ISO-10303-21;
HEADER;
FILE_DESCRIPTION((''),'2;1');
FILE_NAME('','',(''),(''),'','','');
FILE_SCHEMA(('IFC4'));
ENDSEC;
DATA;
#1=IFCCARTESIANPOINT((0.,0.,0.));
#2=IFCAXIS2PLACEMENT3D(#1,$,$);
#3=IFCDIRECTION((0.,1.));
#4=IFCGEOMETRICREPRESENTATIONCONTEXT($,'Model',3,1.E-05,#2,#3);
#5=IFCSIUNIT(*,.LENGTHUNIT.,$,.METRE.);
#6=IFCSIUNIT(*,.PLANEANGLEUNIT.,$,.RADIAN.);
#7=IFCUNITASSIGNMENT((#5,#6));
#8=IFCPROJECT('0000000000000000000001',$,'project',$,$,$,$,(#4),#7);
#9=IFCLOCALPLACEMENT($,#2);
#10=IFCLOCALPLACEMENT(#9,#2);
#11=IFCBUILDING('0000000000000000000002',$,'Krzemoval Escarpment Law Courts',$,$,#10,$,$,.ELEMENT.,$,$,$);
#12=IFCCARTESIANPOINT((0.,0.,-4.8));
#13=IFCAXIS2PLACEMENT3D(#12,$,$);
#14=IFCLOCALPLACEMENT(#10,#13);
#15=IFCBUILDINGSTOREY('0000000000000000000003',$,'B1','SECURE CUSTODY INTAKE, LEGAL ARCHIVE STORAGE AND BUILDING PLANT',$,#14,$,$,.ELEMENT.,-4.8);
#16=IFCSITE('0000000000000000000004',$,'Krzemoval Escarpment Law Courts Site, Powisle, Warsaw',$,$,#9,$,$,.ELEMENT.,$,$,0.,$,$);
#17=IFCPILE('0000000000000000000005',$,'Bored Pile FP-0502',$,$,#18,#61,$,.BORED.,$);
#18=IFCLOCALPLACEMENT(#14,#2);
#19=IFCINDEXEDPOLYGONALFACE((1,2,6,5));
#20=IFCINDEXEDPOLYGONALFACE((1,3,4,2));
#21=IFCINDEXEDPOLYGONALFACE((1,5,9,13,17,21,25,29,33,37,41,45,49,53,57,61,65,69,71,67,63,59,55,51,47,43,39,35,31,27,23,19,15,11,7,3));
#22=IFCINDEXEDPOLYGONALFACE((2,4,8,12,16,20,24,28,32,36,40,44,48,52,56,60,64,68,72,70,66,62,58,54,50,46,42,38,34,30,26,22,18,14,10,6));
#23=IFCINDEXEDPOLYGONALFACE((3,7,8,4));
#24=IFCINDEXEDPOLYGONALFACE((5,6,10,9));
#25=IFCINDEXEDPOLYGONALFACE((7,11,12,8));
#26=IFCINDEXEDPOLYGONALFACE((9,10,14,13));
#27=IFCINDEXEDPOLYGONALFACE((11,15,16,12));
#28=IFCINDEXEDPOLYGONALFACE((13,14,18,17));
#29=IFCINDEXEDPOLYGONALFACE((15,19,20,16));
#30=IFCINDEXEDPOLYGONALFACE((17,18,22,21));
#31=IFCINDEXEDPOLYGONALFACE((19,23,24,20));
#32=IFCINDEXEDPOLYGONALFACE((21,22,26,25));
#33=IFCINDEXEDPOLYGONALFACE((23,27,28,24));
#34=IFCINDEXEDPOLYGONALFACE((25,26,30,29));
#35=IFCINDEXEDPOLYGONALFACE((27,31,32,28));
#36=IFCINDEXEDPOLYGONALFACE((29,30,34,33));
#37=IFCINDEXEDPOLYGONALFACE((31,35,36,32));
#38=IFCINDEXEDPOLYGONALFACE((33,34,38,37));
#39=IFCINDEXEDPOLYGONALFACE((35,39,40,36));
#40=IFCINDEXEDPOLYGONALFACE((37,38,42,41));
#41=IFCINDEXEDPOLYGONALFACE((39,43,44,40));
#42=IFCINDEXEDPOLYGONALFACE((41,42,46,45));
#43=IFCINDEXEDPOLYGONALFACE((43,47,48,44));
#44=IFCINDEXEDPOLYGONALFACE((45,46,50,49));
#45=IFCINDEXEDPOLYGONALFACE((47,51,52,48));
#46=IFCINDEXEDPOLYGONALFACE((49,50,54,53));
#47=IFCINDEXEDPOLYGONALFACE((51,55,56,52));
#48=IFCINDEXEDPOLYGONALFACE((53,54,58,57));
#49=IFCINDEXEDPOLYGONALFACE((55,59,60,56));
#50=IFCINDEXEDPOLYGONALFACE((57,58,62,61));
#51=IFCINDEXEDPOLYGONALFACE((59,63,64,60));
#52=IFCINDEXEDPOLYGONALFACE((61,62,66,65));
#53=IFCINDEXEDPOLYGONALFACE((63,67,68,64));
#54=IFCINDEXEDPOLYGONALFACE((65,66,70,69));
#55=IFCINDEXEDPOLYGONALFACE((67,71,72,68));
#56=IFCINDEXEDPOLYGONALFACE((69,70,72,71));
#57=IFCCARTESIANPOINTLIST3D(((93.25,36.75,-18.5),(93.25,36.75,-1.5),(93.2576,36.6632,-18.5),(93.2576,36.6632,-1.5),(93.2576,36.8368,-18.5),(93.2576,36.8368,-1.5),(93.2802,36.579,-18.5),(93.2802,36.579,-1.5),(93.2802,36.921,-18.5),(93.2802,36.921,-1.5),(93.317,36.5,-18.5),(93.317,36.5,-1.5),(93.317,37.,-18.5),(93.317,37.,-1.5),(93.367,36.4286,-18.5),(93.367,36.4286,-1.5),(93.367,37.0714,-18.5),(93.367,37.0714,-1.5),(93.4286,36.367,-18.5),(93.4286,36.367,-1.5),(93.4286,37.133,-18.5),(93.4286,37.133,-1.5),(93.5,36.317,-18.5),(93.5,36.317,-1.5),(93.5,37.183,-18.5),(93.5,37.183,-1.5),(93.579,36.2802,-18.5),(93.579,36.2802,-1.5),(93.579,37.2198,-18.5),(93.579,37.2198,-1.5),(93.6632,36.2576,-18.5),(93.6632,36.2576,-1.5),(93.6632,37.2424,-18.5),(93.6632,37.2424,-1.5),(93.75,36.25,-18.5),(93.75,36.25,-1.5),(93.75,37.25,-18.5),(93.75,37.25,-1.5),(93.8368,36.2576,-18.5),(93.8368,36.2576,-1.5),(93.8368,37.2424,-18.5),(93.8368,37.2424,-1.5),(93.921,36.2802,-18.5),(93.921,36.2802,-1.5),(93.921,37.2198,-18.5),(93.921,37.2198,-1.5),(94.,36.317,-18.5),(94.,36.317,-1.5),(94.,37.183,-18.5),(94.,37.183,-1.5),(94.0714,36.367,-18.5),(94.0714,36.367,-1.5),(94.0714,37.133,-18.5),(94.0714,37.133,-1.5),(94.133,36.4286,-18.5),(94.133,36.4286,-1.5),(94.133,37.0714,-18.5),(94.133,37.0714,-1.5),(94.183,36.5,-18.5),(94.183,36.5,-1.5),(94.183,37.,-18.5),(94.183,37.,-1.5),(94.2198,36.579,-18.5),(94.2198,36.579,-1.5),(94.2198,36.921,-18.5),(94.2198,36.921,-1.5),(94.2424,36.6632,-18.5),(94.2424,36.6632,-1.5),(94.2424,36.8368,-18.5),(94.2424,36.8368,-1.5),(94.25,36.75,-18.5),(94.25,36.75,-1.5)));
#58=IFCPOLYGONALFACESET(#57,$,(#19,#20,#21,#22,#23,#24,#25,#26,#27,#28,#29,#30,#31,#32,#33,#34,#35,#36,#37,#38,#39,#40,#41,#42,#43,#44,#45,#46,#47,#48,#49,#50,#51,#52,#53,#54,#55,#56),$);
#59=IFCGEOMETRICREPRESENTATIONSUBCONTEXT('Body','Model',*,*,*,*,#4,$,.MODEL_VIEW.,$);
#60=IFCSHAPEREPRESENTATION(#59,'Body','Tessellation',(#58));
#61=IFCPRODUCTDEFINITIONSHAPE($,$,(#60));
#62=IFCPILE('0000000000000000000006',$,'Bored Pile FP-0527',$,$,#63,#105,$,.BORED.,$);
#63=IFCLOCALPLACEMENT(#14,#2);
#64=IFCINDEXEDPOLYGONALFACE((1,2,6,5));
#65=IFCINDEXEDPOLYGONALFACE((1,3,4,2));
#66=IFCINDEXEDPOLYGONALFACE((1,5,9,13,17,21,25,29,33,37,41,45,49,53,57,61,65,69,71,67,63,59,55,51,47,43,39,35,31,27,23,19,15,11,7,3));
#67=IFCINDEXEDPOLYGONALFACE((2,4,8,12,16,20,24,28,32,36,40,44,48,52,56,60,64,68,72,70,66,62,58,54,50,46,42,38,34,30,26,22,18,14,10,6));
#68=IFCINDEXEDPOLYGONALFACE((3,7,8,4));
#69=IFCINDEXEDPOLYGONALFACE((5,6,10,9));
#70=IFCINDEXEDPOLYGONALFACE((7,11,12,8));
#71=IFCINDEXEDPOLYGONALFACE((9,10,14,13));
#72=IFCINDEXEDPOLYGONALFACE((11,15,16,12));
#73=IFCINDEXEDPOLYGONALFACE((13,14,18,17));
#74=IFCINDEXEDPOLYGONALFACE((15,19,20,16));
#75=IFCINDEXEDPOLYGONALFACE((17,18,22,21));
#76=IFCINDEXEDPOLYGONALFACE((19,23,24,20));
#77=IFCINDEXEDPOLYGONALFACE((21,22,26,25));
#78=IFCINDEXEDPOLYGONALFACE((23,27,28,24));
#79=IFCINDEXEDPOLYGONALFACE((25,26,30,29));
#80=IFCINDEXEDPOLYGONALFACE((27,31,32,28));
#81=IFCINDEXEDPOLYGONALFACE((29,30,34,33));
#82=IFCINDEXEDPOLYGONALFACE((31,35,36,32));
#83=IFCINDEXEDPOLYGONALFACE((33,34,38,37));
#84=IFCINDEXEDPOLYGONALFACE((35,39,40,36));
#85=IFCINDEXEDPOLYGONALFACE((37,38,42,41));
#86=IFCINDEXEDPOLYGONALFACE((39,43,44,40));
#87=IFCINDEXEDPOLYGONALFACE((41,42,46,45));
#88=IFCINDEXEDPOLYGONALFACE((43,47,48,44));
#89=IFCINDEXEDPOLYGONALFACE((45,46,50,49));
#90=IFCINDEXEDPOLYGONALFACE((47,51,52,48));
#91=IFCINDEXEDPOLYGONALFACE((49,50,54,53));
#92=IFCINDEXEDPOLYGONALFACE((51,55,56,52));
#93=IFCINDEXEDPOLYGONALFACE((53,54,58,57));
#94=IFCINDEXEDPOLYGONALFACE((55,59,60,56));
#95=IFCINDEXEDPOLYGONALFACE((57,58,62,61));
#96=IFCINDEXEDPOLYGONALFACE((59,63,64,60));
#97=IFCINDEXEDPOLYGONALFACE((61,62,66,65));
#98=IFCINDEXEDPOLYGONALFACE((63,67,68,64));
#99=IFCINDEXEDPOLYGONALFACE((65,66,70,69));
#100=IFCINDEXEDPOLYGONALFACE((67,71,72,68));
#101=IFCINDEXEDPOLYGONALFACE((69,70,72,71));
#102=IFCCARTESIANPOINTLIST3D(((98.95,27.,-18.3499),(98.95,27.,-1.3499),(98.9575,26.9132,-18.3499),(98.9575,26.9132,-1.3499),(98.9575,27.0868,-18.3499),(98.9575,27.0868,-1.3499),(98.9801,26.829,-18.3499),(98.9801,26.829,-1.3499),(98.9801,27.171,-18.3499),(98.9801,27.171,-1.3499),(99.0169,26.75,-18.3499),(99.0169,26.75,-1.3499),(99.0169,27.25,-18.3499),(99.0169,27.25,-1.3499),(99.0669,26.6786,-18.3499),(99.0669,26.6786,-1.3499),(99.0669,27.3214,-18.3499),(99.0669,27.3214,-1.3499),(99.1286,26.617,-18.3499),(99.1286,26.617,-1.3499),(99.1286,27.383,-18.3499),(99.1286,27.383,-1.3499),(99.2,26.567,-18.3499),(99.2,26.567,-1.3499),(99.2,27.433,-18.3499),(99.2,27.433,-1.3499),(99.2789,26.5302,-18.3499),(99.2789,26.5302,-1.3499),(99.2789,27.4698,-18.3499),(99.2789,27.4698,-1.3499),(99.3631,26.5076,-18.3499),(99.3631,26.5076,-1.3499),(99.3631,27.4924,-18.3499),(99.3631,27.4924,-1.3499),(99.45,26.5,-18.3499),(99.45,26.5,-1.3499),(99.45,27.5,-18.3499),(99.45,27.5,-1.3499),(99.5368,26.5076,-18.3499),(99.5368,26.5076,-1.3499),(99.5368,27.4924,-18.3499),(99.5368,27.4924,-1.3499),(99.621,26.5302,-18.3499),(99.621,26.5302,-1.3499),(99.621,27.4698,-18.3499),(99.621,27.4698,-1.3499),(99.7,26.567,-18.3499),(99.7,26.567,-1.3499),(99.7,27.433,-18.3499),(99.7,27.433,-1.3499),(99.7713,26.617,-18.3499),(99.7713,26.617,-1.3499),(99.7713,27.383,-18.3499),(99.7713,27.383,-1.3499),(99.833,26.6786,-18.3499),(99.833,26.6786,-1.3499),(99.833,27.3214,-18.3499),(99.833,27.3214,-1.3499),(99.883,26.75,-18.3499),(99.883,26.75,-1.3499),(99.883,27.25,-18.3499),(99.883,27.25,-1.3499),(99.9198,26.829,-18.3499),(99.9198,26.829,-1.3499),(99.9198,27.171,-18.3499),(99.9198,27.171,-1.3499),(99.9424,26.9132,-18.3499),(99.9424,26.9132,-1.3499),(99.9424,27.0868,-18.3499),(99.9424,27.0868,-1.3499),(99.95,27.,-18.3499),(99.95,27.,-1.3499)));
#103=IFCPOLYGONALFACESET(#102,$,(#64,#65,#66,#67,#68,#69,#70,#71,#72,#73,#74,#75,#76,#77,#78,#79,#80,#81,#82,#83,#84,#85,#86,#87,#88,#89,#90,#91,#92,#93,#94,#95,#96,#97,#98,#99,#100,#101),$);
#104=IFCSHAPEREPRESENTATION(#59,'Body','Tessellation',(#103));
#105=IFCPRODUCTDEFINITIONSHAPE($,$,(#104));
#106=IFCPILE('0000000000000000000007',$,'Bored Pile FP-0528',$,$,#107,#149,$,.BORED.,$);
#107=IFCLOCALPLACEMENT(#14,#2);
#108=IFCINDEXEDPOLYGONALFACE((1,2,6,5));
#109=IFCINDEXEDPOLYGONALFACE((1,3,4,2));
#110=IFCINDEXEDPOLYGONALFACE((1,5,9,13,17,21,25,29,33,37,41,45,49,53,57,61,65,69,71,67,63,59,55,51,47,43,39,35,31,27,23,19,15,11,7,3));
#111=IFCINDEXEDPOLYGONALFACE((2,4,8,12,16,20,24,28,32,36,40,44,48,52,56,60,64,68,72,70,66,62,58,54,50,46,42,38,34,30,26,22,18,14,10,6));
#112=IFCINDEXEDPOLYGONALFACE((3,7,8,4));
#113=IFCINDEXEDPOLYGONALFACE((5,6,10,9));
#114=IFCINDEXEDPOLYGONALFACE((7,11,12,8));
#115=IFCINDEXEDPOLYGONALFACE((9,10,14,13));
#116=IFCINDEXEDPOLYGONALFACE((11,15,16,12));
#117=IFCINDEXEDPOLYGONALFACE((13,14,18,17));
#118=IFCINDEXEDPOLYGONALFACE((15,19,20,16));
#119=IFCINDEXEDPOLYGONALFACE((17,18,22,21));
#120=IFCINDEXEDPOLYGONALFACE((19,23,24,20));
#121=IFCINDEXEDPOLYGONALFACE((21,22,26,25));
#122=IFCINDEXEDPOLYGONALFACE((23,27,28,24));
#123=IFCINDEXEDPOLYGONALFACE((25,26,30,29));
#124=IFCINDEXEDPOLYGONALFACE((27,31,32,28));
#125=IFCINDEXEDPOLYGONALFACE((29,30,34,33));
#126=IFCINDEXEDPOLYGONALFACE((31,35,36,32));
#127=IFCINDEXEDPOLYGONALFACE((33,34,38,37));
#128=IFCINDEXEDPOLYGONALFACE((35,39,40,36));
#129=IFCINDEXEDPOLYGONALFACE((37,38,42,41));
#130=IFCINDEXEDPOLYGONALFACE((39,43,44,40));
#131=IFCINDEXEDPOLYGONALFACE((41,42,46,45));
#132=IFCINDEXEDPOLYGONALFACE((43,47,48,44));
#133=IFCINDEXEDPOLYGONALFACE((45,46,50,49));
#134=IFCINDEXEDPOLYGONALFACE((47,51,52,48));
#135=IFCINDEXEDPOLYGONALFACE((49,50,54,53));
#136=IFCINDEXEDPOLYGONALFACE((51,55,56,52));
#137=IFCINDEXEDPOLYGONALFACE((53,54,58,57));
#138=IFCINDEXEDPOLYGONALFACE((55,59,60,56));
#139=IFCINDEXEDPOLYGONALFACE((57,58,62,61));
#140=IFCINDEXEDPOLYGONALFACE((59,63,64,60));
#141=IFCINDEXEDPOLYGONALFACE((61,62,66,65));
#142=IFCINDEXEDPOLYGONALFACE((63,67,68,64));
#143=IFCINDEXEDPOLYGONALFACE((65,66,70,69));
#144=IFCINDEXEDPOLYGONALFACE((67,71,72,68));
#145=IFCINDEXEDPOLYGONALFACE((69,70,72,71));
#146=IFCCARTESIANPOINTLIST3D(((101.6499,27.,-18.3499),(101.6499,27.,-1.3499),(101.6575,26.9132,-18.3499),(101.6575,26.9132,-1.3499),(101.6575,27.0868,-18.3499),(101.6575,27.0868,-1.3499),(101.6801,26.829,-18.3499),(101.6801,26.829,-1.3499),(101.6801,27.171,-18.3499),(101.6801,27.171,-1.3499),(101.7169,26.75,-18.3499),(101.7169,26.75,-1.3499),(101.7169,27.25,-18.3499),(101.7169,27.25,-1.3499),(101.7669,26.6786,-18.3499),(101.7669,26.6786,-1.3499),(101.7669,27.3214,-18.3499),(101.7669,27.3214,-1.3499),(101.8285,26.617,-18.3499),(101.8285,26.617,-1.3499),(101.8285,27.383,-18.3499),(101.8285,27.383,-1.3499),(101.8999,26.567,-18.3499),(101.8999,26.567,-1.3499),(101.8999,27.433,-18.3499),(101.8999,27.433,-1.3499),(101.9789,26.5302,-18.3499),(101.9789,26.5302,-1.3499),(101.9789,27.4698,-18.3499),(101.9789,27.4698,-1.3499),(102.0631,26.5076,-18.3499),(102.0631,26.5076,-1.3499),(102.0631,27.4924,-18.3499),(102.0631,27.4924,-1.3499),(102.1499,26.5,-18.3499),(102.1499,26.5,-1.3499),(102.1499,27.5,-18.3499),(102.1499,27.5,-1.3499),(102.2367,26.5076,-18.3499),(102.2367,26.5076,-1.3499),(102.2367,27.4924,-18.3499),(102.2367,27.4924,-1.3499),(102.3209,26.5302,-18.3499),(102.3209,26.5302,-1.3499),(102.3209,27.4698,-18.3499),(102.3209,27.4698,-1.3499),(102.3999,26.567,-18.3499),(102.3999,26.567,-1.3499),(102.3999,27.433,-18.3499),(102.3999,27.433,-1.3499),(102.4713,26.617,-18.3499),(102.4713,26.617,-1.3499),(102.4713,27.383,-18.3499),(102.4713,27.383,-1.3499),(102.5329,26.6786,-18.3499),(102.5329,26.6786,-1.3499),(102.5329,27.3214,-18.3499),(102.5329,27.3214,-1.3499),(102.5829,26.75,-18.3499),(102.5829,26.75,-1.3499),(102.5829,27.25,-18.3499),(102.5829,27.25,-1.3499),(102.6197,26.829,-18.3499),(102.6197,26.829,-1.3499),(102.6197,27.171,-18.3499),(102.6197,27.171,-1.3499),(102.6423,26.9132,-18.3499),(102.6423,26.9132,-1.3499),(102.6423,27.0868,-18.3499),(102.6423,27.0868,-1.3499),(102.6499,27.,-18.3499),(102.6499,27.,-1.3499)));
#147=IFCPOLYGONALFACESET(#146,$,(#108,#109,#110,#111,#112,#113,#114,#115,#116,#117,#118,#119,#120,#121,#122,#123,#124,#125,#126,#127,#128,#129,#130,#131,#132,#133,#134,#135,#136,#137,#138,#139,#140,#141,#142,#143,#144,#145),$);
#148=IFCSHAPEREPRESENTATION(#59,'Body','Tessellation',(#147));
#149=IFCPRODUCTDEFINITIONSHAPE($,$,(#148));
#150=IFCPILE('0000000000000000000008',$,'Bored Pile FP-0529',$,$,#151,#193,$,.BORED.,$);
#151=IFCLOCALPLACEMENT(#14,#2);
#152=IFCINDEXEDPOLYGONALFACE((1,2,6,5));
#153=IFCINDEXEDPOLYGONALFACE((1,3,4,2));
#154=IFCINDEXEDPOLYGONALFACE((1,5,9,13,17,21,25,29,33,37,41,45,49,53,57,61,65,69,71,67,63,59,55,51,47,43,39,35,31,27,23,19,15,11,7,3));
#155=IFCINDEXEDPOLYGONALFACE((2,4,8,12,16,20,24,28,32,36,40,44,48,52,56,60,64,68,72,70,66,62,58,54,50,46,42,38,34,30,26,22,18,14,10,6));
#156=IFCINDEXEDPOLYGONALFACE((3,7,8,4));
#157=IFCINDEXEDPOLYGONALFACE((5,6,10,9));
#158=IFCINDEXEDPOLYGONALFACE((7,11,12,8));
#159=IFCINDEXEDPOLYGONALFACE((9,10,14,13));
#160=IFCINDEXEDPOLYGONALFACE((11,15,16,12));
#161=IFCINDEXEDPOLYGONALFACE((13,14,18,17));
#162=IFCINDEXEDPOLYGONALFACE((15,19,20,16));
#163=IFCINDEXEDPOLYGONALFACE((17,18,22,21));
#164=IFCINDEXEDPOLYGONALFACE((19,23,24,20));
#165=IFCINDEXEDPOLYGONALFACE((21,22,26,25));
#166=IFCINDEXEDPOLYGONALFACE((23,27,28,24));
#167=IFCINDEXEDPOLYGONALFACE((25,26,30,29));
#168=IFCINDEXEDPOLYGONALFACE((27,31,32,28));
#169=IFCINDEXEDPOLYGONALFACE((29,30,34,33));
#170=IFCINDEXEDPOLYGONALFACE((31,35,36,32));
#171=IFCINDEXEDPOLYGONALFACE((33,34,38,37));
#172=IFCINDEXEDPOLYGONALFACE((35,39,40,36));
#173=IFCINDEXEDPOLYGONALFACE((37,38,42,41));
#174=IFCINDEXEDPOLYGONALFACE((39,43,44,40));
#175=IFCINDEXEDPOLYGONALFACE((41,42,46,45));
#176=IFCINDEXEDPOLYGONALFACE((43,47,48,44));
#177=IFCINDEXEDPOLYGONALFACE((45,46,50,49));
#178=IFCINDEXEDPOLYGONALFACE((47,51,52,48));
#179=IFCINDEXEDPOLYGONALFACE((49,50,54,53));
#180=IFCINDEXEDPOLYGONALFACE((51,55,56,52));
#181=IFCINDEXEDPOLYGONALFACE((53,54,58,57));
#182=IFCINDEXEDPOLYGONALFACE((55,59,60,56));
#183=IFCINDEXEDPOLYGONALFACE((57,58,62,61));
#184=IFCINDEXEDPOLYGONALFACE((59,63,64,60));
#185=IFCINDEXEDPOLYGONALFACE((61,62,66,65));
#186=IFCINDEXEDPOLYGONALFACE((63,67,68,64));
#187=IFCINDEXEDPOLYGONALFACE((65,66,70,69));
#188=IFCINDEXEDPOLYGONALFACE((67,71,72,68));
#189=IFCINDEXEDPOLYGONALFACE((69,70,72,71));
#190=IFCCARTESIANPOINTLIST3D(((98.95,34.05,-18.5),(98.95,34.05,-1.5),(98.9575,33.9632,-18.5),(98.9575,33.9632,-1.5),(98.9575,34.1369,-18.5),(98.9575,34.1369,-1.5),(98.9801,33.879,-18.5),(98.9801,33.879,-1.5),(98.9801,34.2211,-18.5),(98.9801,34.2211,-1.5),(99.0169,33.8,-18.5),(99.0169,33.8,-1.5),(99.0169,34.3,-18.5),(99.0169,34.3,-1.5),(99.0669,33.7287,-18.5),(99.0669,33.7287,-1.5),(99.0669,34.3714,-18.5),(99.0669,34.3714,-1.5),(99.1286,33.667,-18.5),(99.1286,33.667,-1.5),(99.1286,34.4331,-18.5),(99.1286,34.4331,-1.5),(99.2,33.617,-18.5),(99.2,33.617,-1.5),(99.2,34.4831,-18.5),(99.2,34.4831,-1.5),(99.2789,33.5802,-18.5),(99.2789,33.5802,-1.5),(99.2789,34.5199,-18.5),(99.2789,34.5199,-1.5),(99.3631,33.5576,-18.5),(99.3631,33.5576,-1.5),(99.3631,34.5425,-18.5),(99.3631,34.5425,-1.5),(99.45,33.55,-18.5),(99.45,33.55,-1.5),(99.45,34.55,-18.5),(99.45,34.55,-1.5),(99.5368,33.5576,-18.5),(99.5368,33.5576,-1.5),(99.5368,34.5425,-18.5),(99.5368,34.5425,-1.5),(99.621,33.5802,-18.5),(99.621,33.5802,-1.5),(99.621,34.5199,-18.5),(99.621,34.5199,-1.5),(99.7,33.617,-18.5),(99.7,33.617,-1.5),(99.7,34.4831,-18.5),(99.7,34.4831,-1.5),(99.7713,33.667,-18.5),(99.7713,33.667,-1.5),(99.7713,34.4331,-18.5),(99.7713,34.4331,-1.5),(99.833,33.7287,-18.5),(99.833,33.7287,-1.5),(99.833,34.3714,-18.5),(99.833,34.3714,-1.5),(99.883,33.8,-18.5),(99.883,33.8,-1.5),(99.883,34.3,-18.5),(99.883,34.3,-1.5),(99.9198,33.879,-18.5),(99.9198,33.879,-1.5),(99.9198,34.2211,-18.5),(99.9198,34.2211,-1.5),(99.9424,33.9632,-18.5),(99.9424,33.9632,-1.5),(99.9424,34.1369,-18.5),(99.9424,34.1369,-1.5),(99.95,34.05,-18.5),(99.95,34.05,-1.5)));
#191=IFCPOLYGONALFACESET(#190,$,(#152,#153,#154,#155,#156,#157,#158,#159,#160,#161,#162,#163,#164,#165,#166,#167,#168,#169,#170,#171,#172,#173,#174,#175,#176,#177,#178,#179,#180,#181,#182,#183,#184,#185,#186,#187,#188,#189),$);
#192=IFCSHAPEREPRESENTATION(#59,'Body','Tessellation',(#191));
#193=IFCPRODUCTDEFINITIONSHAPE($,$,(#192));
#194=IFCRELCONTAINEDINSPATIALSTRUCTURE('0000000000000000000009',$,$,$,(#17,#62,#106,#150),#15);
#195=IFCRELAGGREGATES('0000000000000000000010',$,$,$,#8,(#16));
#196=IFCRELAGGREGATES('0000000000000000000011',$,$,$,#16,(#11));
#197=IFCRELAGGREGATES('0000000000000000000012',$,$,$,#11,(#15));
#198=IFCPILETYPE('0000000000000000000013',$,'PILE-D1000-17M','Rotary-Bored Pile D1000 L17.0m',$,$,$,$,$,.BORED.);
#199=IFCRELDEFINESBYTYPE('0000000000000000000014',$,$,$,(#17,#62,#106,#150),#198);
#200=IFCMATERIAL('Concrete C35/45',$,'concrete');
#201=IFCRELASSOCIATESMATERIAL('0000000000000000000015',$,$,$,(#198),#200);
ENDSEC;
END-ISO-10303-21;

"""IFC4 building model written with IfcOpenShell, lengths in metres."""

from ifc_helpers import new_model, si_unit, direction, frame, origin, origin_2d, place, context, subcontext, project, spatial, circle, extrude, material, material_profile, profile_set, type_object, element, save


model = new_model("IFC4")

# Units and contexts
model_context = context("Model", 3, precision=1e-05, world=origin(), true_north=direction((0.0, 1.0)))
body_context = subcontext(model_context, "Body", "Model", "MODEL_VIEW")
ifc_project = project(units=[si_unit("LENGTHUNIT", "METRE"), si_unit("PLANEANGLEUNIT", "RADIAN")], contexts=[model_context])

# Site, building, storey
site_placement = place(None, origin())
site = spatial("IfcSite", under=ifc_project, at=site_placement, Name="Krzemoval Escarpment Law Courts Site, Powisle, Warsaw", CompositionType="ELEMENT", RefElevation=0.0)
building_placement = place(site_placement, origin())
building = spatial("IfcBuilding", under=site, at=building_placement, Name="Krzemoval Escarpment Law Courts", CompositionType="ELEMENT")
storey_placement = place(building_placement, frame((0.0, 0.0, -4.8)))
storey = spatial("IfcBuildingStorey", under=building, at=storey_placement, Name="B1", Description="SECURE CUSTODY INTAKE, LEGAL ARCHIVE STORAGE AND BUILDING PLANT", CompositionType="ELEMENT", Elevation=-4.8)

# Piles
ifc_material_1 = material(Name="Concrete C35/45", Category="concrete")
ifc_material_profile_1 = material_profile(ifc_material_1, circle(Radius=0.5, at=origin_2d()), Name="PILE D1000")
ifc_profile_set_1 = profile_set([ifc_material_profile_1], Name="Concrete C35/45")
pile_type = type_object("IfcPileType", Name="PILE-D1000-17M", Description="Rotary-Bored Pile D1000 L17.0m", PredefinedType="BORED", material=ifc_profile_set_1)
for number, where, z_axis, x_axis, name in (
    (1, (93.75, 36.75, -1.5), (0.0, 0.0, -1.0), (1.0, 0.0, 0.0), "Bored Pile FP-0502"),
    (2, (99.45, 27.0, -1.3499), (0.0, 0.0, -1.0), (1.0, 0.0, 0.0), "Bored Pile FP-0527"),
    (3, (102.1499, 27.0, -1.3499), (0.0, 0.0, -1.0), (1.0, 0.0, 0.0), "Bored Pile FP-0528"),
    (4, (99.45, 34.05, -1.5), (0.0, 0.0, -1.0), (1.0, 0.0, 0.0), "Bored Pile FP-0529"),
):
    element("IfcPile", number, at=place(storey_placement, frame(where, z_axis=z_axis, x_axis=x_axis)), inside=storey, type_object=pile_type, Name=name, PredefinedType="BORED", context=body_context, shape_type="SweptSolid", body=[
        extrude(circle(Radius=0.5, at=origin_2d()), origin(), (0.0, 0.0, 1.0), 17.0),
    ])

save(model, "model.ifc")
